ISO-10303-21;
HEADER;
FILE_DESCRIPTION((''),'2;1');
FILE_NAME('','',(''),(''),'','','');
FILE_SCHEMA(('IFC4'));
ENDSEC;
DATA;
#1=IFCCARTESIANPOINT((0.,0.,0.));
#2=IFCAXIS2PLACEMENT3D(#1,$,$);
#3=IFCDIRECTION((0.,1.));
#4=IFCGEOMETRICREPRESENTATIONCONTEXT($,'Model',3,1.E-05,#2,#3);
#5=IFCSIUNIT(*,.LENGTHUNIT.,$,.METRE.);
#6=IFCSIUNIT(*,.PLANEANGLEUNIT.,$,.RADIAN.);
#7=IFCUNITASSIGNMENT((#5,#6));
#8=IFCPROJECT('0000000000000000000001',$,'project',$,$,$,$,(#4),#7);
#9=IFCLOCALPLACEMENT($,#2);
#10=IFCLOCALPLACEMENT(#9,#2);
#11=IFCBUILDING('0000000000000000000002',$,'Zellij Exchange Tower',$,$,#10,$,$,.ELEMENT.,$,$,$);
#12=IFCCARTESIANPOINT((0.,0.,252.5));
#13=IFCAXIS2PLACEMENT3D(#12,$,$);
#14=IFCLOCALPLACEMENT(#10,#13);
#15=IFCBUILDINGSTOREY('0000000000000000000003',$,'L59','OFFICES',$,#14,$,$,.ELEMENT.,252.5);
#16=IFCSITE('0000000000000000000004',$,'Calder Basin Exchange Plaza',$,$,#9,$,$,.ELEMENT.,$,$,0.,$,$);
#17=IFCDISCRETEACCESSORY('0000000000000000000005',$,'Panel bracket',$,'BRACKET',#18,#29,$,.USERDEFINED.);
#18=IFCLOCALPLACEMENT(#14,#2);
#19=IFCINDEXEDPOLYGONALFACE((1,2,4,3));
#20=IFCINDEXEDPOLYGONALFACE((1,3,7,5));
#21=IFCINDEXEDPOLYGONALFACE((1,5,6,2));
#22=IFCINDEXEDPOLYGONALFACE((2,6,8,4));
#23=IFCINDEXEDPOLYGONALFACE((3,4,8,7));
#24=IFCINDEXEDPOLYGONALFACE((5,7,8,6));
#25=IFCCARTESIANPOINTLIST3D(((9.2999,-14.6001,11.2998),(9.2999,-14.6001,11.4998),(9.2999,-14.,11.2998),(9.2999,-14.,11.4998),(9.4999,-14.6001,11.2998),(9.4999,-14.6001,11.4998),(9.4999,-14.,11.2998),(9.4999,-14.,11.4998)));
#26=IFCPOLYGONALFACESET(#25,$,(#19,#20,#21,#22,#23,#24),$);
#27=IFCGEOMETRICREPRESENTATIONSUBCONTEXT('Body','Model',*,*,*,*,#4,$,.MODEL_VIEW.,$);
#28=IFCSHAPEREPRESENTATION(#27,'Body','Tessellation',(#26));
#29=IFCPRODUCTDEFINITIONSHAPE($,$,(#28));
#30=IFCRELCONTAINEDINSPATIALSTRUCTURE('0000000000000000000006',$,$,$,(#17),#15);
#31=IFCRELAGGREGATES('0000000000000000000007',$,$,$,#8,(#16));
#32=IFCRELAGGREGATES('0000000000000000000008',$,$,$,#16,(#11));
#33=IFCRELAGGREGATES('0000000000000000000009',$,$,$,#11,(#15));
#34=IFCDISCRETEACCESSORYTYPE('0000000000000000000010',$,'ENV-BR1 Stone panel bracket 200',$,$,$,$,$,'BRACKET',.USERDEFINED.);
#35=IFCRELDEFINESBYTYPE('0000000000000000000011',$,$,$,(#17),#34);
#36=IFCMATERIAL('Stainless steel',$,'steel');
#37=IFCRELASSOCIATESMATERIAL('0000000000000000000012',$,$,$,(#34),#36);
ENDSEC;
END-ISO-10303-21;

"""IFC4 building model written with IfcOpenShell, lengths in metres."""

from ifc_helpers import new_model, si_unit, direction, frame, origin, origin_2d, place, context, subcontext, project, spatial, rectangle, extrude, material, type_object, element, save


model = new_model("IFC4")

# Units and contexts
model_context = context("Model", 3, precision=1e-05, world=origin(), true_north=direction((0.0, 1.0)))
body_context = subcontext(model_context, "Body", "Model", "MODEL_VIEW")
ifc_project = project(units=[si_unit("LENGTHUNIT", "METRE"), si_unit("PLANEANGLEUNIT", "RADIAN")], contexts=[model_context])

# Site, building, storey
site_placement = place(None, origin())
site = spatial("IfcSite", under=ifc_project, at=site_placement, Name="Calder Basin Exchange Plaza", CompositionType="ELEMENT", RefElevation=0.0)
building_placement = place(site_placement, origin())
building = spatial("IfcBuilding", under=site, at=building_placement, Name="Zellij Exchange Tower", CompositionType="ELEMENT")
storey_placement = place(building_placement, frame((0.0, 0.0, 252.5)))
storey = spatial("IfcBuildingStorey", under=building, at=storey_placement, Name="L59", Description="OFFICES", CompositionType="ELEMENT", Elevation=252.5)

# Shared definitions
ifc_material_1 = material(Name="Stainless steel", Category="steel")

# Discrete accessory
discrete_accessory_type = type_object("IfcDiscreteAccessoryType", Name="ENV-BR1 Stone panel bracket 200", ElementType="BRACKET", PredefinedType="USERDEFINED", material=ifc_material_1)
for number, where, z_axis, x_axis, name in (
    (1, (9.3999, -14.3, 11.2998), (0.0, 0.0, 1.0), (1.0, 0.0, 0.0), "Panel bracket"),
):
    element("IfcDiscreteAccessory", number, at=place(storey_placement, frame(where, z_axis=z_axis, x_axis=x_axis)), inside=storey, type_object=discrete_accessory_type, Name=name, ObjectType="BRACKET", PredefinedType="USERDEFINED", context=body_context, shape_type="SweptSolid", body=[
        extrude(rectangle(XDim=0.2, YDim=0.6001, at=origin_2d()), origin(), (0.0, 0.0, 1.0), 0.2),
    ])

save(model, "model.ifc")
